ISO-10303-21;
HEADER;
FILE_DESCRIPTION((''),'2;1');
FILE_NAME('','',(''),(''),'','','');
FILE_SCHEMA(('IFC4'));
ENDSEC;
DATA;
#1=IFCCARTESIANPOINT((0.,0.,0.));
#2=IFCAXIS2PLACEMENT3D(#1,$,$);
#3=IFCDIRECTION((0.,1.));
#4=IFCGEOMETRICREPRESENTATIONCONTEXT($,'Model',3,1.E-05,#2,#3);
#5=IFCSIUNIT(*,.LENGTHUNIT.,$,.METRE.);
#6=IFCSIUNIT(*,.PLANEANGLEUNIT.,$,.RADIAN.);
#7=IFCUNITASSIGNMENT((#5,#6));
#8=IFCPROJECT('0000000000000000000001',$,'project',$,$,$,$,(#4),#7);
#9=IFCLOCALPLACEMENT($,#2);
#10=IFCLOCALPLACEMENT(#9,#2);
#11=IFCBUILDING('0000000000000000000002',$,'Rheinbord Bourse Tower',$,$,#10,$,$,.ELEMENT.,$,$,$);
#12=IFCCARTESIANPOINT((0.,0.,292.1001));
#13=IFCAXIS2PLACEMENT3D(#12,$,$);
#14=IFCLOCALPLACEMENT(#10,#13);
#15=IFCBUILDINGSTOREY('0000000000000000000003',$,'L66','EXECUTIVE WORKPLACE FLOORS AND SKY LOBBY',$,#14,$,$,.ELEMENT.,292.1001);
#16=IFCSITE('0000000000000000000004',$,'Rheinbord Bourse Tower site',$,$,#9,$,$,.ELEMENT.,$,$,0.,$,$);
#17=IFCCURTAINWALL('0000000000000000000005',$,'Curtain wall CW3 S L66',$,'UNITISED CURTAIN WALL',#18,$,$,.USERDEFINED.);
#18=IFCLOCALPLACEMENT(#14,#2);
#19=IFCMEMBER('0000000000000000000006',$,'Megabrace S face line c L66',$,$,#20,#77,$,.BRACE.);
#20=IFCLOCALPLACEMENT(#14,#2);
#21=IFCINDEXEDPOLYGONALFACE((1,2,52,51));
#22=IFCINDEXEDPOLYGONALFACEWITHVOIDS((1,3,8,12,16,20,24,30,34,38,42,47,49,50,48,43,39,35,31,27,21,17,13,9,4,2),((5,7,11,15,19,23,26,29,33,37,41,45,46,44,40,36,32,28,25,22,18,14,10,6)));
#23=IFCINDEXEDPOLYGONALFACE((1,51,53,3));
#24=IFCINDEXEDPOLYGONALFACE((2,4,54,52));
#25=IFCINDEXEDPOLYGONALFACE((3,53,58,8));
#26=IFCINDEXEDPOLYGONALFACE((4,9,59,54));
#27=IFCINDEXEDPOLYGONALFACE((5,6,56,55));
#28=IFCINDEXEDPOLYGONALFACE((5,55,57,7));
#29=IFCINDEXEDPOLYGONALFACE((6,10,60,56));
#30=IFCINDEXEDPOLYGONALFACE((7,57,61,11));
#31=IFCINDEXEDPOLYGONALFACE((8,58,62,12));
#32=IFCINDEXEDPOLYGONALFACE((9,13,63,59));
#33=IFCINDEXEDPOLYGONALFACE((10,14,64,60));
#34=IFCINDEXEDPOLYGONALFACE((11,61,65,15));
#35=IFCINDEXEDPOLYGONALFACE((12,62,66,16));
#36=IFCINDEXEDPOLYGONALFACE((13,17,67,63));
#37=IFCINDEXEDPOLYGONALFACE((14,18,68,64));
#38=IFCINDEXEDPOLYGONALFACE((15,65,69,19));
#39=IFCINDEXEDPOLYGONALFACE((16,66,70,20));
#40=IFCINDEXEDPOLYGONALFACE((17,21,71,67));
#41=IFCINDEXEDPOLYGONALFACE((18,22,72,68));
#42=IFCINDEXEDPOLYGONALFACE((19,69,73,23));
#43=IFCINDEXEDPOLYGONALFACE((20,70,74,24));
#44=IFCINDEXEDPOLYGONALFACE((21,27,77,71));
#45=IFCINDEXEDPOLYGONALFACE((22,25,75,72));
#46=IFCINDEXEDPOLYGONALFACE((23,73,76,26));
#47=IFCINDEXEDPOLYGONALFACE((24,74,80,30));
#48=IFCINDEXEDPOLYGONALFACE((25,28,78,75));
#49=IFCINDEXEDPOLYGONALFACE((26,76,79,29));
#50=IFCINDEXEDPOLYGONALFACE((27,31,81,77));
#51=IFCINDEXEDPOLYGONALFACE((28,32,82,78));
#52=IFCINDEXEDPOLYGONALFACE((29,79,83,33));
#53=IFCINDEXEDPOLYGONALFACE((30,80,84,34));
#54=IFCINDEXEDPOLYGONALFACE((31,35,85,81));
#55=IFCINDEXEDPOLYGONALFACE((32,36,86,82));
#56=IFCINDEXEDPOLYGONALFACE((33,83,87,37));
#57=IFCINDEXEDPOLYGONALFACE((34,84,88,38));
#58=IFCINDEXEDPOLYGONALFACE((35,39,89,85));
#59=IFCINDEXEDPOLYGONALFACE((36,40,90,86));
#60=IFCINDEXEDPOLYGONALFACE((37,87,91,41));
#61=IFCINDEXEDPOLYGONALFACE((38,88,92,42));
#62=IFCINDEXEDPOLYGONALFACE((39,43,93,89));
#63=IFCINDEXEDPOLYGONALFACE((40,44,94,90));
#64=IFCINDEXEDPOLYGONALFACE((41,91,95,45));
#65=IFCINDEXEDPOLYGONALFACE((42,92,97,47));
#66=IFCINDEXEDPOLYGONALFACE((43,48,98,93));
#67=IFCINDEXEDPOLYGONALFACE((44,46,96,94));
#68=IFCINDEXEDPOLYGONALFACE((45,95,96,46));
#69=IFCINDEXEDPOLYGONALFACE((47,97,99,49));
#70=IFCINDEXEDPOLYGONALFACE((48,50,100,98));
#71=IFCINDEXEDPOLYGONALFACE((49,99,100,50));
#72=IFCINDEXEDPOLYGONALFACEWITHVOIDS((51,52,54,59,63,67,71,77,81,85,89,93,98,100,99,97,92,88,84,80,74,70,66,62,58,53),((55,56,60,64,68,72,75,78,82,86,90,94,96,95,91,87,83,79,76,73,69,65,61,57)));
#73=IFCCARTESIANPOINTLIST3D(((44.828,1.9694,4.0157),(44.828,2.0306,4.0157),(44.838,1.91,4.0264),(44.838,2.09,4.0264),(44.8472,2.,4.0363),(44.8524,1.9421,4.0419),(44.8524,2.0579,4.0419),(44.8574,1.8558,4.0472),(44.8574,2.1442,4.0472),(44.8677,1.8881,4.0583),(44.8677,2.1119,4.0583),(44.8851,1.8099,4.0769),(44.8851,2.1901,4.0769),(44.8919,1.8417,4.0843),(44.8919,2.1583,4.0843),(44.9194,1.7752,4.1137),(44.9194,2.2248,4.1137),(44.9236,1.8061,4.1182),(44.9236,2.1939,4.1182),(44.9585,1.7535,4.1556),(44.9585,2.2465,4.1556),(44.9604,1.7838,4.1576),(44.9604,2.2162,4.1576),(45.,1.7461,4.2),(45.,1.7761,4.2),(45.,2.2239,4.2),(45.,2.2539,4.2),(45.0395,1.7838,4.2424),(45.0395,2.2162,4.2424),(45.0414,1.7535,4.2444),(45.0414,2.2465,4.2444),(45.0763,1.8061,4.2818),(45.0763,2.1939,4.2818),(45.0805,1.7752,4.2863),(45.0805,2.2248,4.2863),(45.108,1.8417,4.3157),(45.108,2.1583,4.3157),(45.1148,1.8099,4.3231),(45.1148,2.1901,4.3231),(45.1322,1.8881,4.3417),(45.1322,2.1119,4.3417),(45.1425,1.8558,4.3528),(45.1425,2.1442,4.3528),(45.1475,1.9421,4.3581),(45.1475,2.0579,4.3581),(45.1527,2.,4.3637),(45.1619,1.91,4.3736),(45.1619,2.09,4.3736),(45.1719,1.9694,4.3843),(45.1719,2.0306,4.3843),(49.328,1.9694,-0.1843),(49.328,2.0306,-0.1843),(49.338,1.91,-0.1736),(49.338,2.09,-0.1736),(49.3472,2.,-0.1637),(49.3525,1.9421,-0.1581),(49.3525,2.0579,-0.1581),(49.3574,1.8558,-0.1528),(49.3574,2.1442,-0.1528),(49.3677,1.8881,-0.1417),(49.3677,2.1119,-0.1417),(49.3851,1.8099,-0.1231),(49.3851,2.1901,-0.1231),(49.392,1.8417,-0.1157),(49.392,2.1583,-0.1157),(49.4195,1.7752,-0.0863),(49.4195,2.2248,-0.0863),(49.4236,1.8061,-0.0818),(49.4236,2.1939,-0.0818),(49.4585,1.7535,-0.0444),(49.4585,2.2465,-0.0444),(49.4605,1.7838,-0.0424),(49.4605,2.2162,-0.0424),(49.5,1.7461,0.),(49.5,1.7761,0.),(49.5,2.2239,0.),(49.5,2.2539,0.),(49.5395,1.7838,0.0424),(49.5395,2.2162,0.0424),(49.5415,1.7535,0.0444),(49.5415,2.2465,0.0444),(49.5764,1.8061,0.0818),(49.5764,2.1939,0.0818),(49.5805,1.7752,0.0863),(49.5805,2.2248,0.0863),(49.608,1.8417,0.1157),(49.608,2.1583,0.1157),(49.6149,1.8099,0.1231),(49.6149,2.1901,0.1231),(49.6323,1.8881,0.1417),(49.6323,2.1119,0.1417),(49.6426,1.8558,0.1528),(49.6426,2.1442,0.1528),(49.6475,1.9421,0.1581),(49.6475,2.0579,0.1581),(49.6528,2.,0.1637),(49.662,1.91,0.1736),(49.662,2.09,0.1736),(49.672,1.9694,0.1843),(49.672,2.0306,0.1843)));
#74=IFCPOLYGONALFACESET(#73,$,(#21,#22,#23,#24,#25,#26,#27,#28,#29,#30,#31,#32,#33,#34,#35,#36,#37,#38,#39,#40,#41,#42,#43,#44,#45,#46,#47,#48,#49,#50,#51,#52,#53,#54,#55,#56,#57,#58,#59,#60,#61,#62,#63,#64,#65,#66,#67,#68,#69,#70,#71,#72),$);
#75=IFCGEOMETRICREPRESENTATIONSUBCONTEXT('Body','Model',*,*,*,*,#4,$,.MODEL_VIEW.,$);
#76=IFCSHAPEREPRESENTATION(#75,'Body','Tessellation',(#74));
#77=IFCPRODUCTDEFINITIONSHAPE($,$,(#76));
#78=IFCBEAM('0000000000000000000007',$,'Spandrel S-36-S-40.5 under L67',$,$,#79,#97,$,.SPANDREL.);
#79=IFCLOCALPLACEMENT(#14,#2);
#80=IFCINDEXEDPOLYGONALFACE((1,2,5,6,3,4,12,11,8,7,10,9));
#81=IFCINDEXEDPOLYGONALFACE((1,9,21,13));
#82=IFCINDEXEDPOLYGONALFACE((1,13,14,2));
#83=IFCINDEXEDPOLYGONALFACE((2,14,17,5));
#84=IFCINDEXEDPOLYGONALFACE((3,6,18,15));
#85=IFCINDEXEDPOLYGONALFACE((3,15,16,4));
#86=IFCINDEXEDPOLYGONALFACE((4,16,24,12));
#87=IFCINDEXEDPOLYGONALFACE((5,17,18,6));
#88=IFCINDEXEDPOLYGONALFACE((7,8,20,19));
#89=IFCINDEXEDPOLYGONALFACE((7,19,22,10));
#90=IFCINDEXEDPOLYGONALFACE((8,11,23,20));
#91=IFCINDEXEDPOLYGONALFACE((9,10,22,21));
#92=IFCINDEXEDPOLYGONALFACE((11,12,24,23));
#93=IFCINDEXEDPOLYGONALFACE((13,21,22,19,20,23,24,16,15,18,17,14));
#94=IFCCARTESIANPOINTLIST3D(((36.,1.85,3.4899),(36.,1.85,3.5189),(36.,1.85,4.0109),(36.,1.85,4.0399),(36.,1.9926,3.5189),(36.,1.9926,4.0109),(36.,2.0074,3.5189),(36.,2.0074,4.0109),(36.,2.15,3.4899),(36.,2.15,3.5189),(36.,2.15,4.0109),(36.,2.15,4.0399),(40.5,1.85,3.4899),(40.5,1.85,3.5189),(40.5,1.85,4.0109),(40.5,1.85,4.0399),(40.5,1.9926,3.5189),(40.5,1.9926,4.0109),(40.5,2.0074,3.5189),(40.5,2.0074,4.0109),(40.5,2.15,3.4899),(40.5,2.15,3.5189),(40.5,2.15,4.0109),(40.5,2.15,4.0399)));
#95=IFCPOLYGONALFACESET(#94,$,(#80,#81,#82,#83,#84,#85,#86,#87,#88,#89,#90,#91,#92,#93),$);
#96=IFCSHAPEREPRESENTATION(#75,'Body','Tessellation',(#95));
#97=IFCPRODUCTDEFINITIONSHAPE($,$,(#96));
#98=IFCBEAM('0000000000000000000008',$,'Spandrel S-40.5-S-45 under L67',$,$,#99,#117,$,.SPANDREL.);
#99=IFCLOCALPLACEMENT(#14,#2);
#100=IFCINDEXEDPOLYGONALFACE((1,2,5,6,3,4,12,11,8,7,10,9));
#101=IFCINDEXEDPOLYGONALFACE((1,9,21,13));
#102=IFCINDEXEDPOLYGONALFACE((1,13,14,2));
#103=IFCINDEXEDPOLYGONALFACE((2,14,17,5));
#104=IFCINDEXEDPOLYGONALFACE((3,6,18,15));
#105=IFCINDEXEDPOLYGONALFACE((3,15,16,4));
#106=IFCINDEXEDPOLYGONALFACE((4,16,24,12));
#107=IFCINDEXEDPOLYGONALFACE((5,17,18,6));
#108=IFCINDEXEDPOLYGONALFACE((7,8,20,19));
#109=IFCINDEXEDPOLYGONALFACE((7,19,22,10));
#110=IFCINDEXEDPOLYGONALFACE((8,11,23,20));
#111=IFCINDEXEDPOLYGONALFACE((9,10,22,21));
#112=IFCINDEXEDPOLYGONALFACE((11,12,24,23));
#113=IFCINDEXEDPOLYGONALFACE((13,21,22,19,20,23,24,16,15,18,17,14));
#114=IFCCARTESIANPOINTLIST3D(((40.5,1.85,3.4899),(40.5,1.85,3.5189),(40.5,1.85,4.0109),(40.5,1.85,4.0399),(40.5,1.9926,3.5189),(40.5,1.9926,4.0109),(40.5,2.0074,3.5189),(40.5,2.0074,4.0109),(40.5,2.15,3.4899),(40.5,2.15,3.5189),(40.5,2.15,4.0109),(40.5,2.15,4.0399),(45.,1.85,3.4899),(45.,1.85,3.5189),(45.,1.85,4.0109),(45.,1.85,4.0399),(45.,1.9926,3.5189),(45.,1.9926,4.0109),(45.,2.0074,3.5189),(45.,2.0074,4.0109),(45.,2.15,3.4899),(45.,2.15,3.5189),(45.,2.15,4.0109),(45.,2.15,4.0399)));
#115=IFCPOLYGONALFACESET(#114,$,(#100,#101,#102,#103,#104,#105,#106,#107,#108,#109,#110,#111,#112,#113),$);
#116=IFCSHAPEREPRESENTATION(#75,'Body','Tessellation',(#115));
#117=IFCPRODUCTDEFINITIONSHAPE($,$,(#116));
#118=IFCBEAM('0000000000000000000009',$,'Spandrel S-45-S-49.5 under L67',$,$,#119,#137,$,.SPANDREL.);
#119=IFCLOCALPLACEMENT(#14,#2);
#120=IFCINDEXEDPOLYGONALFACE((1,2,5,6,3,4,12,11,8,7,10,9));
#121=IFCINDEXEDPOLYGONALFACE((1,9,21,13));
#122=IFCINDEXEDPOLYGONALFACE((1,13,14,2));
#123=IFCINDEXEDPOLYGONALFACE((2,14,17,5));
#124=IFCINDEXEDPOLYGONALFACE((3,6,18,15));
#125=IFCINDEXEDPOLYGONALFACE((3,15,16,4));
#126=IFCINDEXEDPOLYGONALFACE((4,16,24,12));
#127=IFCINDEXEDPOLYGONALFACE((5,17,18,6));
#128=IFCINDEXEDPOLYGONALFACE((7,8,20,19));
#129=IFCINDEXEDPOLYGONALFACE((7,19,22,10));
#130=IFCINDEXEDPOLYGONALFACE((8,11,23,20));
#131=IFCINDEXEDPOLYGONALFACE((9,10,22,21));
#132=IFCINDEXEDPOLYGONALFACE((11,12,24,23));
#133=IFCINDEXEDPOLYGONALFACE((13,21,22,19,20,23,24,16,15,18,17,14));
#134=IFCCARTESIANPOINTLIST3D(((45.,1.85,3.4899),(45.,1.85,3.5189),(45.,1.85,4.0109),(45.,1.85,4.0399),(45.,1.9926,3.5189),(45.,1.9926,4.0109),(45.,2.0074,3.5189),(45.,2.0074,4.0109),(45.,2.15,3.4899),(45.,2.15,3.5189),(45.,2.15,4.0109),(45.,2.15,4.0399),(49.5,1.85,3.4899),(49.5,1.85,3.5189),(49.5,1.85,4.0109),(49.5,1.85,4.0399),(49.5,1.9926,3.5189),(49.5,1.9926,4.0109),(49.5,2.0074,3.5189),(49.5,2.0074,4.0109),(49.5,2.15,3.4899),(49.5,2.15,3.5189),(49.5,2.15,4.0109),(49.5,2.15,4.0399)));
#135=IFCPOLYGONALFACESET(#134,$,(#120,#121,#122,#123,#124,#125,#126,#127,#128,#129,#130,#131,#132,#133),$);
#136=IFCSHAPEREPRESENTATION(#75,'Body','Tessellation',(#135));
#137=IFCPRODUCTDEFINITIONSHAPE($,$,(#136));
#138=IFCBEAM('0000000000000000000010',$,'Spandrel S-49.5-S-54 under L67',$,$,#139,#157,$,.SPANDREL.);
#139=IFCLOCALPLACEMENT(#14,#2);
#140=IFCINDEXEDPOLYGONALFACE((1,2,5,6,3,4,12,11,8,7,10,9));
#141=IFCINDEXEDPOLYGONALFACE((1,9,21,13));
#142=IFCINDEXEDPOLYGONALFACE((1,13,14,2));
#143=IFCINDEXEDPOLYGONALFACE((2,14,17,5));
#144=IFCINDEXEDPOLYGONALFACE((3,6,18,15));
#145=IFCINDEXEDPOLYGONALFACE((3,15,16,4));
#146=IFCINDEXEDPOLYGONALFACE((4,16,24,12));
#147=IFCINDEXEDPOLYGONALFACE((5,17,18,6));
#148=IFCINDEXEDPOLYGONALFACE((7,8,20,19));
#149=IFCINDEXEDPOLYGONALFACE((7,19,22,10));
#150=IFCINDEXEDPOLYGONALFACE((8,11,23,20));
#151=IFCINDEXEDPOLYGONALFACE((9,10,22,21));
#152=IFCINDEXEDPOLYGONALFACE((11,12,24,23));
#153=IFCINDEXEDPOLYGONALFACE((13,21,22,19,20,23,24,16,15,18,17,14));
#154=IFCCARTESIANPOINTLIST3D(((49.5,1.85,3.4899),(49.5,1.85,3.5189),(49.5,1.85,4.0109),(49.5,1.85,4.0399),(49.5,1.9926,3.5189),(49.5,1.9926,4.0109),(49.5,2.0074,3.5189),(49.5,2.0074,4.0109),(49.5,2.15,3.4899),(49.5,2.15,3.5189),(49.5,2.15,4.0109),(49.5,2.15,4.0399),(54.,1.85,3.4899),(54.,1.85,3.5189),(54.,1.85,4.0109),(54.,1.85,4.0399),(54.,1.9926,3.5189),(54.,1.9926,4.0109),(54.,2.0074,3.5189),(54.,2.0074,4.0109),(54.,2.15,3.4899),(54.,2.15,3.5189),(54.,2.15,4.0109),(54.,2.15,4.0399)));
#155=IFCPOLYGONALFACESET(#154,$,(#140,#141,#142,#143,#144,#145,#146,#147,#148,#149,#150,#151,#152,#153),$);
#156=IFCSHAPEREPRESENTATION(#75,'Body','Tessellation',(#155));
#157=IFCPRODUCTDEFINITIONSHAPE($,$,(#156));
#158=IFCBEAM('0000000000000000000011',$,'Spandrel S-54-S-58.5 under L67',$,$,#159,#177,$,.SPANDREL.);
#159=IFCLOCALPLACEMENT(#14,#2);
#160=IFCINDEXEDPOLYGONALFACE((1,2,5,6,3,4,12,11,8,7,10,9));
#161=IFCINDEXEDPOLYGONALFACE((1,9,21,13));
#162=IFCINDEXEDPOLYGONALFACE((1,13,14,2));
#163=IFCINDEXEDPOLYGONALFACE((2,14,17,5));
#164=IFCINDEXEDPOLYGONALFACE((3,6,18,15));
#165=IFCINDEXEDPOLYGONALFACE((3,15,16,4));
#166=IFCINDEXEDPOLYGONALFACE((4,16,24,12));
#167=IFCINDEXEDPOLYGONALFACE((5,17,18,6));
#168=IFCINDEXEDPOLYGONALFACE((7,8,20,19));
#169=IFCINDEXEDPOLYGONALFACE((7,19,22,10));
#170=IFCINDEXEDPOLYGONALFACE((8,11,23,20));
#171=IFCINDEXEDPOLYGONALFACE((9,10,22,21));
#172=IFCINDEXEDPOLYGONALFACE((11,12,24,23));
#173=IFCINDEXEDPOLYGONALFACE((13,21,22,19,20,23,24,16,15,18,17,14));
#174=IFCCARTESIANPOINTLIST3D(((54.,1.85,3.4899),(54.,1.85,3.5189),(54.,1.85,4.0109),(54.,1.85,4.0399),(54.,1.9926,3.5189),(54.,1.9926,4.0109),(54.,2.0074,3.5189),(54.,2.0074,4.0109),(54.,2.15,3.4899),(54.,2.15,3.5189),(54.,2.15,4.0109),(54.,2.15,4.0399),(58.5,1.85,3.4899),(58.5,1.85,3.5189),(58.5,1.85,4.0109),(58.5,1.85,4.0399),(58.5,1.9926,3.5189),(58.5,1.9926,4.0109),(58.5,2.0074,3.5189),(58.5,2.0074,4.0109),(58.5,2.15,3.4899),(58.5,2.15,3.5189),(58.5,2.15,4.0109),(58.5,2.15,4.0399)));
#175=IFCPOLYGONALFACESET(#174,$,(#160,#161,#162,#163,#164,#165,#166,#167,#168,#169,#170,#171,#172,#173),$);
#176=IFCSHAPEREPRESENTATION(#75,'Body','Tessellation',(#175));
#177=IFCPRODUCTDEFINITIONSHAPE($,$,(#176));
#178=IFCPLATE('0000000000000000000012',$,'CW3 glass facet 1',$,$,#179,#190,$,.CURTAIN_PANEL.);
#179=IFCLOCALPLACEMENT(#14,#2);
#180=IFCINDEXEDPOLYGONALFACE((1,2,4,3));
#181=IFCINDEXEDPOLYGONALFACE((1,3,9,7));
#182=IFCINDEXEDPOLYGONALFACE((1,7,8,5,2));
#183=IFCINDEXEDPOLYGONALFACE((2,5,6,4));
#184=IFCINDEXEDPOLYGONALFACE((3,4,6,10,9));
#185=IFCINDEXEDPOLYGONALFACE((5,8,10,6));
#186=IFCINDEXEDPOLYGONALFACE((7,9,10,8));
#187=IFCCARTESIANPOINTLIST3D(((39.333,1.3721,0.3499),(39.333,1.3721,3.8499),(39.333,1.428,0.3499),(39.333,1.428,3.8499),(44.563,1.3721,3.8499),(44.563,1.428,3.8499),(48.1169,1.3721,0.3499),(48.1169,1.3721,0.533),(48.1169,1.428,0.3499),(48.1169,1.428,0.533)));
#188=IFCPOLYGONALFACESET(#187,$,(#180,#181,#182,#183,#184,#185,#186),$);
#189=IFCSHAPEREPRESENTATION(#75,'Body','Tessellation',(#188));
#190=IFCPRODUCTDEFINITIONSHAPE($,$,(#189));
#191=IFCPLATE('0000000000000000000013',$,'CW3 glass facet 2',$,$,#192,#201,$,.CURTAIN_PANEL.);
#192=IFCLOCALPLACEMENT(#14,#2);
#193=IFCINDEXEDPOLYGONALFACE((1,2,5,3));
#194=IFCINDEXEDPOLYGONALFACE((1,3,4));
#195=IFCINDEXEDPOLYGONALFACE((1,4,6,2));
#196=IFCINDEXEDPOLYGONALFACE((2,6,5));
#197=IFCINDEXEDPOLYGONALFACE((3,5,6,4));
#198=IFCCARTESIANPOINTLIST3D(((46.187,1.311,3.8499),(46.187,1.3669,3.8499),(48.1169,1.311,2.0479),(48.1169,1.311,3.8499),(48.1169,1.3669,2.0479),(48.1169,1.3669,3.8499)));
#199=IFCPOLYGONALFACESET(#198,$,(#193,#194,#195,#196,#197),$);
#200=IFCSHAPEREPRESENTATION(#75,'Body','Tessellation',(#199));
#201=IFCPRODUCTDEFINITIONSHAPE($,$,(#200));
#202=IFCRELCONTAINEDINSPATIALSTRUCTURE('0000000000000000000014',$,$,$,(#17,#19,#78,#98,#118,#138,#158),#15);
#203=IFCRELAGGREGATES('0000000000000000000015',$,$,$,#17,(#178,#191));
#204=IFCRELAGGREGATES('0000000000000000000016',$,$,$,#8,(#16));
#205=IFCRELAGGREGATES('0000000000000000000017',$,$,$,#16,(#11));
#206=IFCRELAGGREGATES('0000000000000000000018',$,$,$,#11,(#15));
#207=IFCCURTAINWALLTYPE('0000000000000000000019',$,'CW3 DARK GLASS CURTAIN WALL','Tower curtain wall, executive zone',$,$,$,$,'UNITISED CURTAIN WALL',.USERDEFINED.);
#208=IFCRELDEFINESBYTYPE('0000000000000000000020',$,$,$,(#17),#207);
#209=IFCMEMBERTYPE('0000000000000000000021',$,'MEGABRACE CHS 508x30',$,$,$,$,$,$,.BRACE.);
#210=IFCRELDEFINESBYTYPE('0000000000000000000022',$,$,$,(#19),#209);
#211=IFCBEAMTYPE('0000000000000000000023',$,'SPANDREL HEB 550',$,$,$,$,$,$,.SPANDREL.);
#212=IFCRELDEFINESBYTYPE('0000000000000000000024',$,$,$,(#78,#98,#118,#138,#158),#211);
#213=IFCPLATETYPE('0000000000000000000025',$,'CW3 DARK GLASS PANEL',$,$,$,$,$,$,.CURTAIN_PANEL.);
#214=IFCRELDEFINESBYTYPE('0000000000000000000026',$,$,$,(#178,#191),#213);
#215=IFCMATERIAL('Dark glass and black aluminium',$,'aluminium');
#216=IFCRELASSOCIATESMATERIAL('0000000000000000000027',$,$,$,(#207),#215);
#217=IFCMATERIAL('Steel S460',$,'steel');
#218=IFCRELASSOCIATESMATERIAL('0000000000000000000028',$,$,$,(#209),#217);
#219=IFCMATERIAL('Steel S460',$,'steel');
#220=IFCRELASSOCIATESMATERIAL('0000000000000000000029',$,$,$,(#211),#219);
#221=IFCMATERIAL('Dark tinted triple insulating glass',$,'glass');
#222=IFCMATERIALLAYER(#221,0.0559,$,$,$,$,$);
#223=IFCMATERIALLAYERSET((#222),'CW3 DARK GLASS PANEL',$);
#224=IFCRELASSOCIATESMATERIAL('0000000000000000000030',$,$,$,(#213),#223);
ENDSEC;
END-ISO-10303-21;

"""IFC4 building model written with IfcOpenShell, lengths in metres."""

from ifc_helpers import new_model, si_unit, direction, frame, origin, origin_2d, place, context, subcontext, project, spatial, polyline, hollow_circle, i_section, outline, extrude, material, layer, layer_set, material_profile, profile_set, type_object, element, aggregate, save


model = new_model("IFC4")

# Units and contexts
model_context = context("Model", 3, precision=1e-05, world=origin(), true_north=direction((0.0, 1.0)))
body_context = subcontext(model_context, "Body", "Model", "MODEL_VIEW")
ifc_project = project(units=[si_unit("LENGTHUNIT", "METRE"), si_unit("PLANEANGLEUNIT", "RADIAN")], contexts=[model_context])

# Site, building, storey
site_placement = place(None, origin())
site = spatial("IfcSite", under=ifc_project, at=site_placement, Name="Rheinbord Bourse Tower site", CompositionType="ELEMENT", RefElevation=0.0)
building_placement = place(site_placement, origin())
building = spatial("IfcBuilding", under=site, at=building_placement, Name="Rheinbord Bourse Tower", CompositionType="ELEMENT")
storey_placement = place(building_placement, frame((0.0, 0.0, 292.1001)))
storey = spatial("IfcBuildingStorey", under=building, at=storey_placement, Name="L66", Description="EXECUTIVE WORKPLACE FLOORS AND SKY LOBBY", CompositionType="ELEMENT", Elevation=292.1001)

# Curtain wall
ifc_material_1 = material(Name="Dark glass and black aluminium", Category="aluminium")
curtain_wall_type = type_object("IfcCurtainWallType", Name="CW3 DARK GLASS CURTAIN WALL", Description="Tower curtain wall, executive zone", ElementType="UNITISED CURTAIN WALL", PredefinedType="USERDEFINED", material=ifc_material_1)
curtain_wall_placement = place(storey_placement, origin())
curtain_wall = element("IfcCurtainWall", 1, at=curtain_wall_placement, inside=storey, type_object=curtain_wall_type, Name="Curtain wall CW3 S L66", ObjectType="UNITISED CURTAIN WALL", PredefinedType="USERDEFINED")

# Member
ifc_material_2 = material(Name="Steel S460", Category="steel")
ifc_material_profile_1 = material_profile(ifc_material_2, hollow_circle(Radius=0.2539, WallThickness=0.03, at=origin_2d()), Name="CHS 508x30")
ifc_profile_set_1 = profile_set([ifc_material_profile_1], Name="Steel S460")
member_type_1 = type_object("IfcMemberType", Name="MEGABRACE CHS 508x30", PredefinedType="BRACE", material=ifc_profile_set_1)
member_1_placement = place(storey_placement, frame((49.5, 2.0, 0.0), z_axis=(-0.731059, 0.0, 0.682314), x_axis=(0.0, -1.0, 0.0)))
element("IfcMember", 2, at=member_1_placement, inside=storey, type_object=member_type_1, Name="Megabrace S face line c L66", PredefinedType="BRACE", context=body_context, shape_type="SweptSolid", body=[
    extrude(hollow_circle(Radius=0.2539, WallThickness=0.03, at=origin_2d()), origin(), (0.0, 0.0, 1.0), 6.1555),
])

# Beams
ifc_material_3 = material(Name="Steel S460", Category="steel")
ifc_material_profile_2 = material_profile(ifc_material_3, i_section(OverallWidth=0.3, OverallDepth=0.55, WebThickness=0.0149, FlangeThickness=0.0291, at=origin_2d()), Name="HEB 550")
ifc_profile_set_2 = profile_set([ifc_material_profile_2], Name="Steel S460")
beam_type_1 = type_object("IfcBeamType", Name="SPANDREL HEB 550", PredefinedType="SPANDREL", material=ifc_profile_set_2)
for number, where, z_axis, x_axis, name in (
    (3, (36.0, 2.0, 3.7649), (1.0, 0.0, 0.0), (0.0, 1.0, 0.0), "Spandrel S-36-S-40.5 under L67"),
    (4, (40.5, 2.0, 3.7649), (1.0, 0.0, 0.0), (0.0, 1.0, 0.0), "Spandrel S-40.5-S-45 under L67"),
    (5, (45.0, 2.0, 3.7649), (1.0, 0.0, 0.0), (0.0, 1.0, 0.0), "Spandrel S-45-S-49.5 under L67"),
    (6, (49.5, 2.0, 3.7649), (1.0, 0.0, 0.0), (0.0, 1.0, 0.0), "Spandrel S-49.5-S-54 under L67"),
    (7, (54.0, 2.0, 3.7649), (1.0, 0.0, 0.0), (0.0, 1.0, 0.0), "Spandrel S-54-S-58.5 under L67"),
):
    element("IfcBeam", number, at=place(storey_placement, frame(where, z_axis=z_axis, x_axis=x_axis)), inside=storey, type_object=beam_type_1, Name=name, PredefinedType="SPANDREL", context=body_context, shape_type="SweptSolid", body=[
        extrude(i_section(OverallWidth=0.3, OverallDepth=0.55, WebThickness=0.0149, FlangeThickness=0.0291, at=origin_2d()), origin(), (0.0, 0.0, 1.0), 4.5),
    ])

# Plates
ifc_material_4 = material(Name="Dark tinted triple insulating glass", Category="glass")
ifc_layer = layer(ifc_material_4, 0.0559)
ifc_layer_set = layer_set([ifc_layer], Name="CW3 DARK GLASS PANEL")
plate_type = type_object("IfcPlateType", Name="CW3 DARK GLASS PANEL", PredefinedType="CURTAIN_PANEL", material=ifc_layer_set)
plate_1_placement = place(storey_placement, frame((48.1169, 1.3721, 0.3499), z_axis=(0.0, 1.0, 0.0), x_axis=(-1.0, 0.0, 0.0)))
plate_1 = element("IfcPlate", 8, at=plate_1_placement, type_object=plate_type, Name="CW3 glass facet 1", PredefinedType="CURTAIN_PANEL", context=body_context, shape_type="SweptSolid", body=[
    extrude(outline(polyline([(0.0, 0.0), (8.7839, 0.0), (8.7839, 3.5), (3.554, 3.5), (0.0, 0.1831), (0.0, 0.0)])), origin(), (0.0, 0.0, 1.0), 0.0559),
])
plate_2_placement = place(storey_placement, frame((48.1169, 1.311, 3.8499), z_axis=(0.0, 1.0, 0.0), x_axis=(0.0, 0.0, -1.0)))
plate_2 = element("IfcPlate", 9, at=plate_2_placement, type_object=plate_type, Name="CW3 glass facet 2", PredefinedType="CURTAIN_PANEL", context=body_context, shape_type="SweptSolid", body=[
    extrude(outline(polyline([(0.0, 0.0), (1.802, 0.0), (0.0, 1.9299), (0.0, 0.0)])), origin(), (0.0, 0.0, 1.0), 0.0559),
])
aggregate(curtain_wall, [plate_1, plate_2])

save(model, "model.ifc")
